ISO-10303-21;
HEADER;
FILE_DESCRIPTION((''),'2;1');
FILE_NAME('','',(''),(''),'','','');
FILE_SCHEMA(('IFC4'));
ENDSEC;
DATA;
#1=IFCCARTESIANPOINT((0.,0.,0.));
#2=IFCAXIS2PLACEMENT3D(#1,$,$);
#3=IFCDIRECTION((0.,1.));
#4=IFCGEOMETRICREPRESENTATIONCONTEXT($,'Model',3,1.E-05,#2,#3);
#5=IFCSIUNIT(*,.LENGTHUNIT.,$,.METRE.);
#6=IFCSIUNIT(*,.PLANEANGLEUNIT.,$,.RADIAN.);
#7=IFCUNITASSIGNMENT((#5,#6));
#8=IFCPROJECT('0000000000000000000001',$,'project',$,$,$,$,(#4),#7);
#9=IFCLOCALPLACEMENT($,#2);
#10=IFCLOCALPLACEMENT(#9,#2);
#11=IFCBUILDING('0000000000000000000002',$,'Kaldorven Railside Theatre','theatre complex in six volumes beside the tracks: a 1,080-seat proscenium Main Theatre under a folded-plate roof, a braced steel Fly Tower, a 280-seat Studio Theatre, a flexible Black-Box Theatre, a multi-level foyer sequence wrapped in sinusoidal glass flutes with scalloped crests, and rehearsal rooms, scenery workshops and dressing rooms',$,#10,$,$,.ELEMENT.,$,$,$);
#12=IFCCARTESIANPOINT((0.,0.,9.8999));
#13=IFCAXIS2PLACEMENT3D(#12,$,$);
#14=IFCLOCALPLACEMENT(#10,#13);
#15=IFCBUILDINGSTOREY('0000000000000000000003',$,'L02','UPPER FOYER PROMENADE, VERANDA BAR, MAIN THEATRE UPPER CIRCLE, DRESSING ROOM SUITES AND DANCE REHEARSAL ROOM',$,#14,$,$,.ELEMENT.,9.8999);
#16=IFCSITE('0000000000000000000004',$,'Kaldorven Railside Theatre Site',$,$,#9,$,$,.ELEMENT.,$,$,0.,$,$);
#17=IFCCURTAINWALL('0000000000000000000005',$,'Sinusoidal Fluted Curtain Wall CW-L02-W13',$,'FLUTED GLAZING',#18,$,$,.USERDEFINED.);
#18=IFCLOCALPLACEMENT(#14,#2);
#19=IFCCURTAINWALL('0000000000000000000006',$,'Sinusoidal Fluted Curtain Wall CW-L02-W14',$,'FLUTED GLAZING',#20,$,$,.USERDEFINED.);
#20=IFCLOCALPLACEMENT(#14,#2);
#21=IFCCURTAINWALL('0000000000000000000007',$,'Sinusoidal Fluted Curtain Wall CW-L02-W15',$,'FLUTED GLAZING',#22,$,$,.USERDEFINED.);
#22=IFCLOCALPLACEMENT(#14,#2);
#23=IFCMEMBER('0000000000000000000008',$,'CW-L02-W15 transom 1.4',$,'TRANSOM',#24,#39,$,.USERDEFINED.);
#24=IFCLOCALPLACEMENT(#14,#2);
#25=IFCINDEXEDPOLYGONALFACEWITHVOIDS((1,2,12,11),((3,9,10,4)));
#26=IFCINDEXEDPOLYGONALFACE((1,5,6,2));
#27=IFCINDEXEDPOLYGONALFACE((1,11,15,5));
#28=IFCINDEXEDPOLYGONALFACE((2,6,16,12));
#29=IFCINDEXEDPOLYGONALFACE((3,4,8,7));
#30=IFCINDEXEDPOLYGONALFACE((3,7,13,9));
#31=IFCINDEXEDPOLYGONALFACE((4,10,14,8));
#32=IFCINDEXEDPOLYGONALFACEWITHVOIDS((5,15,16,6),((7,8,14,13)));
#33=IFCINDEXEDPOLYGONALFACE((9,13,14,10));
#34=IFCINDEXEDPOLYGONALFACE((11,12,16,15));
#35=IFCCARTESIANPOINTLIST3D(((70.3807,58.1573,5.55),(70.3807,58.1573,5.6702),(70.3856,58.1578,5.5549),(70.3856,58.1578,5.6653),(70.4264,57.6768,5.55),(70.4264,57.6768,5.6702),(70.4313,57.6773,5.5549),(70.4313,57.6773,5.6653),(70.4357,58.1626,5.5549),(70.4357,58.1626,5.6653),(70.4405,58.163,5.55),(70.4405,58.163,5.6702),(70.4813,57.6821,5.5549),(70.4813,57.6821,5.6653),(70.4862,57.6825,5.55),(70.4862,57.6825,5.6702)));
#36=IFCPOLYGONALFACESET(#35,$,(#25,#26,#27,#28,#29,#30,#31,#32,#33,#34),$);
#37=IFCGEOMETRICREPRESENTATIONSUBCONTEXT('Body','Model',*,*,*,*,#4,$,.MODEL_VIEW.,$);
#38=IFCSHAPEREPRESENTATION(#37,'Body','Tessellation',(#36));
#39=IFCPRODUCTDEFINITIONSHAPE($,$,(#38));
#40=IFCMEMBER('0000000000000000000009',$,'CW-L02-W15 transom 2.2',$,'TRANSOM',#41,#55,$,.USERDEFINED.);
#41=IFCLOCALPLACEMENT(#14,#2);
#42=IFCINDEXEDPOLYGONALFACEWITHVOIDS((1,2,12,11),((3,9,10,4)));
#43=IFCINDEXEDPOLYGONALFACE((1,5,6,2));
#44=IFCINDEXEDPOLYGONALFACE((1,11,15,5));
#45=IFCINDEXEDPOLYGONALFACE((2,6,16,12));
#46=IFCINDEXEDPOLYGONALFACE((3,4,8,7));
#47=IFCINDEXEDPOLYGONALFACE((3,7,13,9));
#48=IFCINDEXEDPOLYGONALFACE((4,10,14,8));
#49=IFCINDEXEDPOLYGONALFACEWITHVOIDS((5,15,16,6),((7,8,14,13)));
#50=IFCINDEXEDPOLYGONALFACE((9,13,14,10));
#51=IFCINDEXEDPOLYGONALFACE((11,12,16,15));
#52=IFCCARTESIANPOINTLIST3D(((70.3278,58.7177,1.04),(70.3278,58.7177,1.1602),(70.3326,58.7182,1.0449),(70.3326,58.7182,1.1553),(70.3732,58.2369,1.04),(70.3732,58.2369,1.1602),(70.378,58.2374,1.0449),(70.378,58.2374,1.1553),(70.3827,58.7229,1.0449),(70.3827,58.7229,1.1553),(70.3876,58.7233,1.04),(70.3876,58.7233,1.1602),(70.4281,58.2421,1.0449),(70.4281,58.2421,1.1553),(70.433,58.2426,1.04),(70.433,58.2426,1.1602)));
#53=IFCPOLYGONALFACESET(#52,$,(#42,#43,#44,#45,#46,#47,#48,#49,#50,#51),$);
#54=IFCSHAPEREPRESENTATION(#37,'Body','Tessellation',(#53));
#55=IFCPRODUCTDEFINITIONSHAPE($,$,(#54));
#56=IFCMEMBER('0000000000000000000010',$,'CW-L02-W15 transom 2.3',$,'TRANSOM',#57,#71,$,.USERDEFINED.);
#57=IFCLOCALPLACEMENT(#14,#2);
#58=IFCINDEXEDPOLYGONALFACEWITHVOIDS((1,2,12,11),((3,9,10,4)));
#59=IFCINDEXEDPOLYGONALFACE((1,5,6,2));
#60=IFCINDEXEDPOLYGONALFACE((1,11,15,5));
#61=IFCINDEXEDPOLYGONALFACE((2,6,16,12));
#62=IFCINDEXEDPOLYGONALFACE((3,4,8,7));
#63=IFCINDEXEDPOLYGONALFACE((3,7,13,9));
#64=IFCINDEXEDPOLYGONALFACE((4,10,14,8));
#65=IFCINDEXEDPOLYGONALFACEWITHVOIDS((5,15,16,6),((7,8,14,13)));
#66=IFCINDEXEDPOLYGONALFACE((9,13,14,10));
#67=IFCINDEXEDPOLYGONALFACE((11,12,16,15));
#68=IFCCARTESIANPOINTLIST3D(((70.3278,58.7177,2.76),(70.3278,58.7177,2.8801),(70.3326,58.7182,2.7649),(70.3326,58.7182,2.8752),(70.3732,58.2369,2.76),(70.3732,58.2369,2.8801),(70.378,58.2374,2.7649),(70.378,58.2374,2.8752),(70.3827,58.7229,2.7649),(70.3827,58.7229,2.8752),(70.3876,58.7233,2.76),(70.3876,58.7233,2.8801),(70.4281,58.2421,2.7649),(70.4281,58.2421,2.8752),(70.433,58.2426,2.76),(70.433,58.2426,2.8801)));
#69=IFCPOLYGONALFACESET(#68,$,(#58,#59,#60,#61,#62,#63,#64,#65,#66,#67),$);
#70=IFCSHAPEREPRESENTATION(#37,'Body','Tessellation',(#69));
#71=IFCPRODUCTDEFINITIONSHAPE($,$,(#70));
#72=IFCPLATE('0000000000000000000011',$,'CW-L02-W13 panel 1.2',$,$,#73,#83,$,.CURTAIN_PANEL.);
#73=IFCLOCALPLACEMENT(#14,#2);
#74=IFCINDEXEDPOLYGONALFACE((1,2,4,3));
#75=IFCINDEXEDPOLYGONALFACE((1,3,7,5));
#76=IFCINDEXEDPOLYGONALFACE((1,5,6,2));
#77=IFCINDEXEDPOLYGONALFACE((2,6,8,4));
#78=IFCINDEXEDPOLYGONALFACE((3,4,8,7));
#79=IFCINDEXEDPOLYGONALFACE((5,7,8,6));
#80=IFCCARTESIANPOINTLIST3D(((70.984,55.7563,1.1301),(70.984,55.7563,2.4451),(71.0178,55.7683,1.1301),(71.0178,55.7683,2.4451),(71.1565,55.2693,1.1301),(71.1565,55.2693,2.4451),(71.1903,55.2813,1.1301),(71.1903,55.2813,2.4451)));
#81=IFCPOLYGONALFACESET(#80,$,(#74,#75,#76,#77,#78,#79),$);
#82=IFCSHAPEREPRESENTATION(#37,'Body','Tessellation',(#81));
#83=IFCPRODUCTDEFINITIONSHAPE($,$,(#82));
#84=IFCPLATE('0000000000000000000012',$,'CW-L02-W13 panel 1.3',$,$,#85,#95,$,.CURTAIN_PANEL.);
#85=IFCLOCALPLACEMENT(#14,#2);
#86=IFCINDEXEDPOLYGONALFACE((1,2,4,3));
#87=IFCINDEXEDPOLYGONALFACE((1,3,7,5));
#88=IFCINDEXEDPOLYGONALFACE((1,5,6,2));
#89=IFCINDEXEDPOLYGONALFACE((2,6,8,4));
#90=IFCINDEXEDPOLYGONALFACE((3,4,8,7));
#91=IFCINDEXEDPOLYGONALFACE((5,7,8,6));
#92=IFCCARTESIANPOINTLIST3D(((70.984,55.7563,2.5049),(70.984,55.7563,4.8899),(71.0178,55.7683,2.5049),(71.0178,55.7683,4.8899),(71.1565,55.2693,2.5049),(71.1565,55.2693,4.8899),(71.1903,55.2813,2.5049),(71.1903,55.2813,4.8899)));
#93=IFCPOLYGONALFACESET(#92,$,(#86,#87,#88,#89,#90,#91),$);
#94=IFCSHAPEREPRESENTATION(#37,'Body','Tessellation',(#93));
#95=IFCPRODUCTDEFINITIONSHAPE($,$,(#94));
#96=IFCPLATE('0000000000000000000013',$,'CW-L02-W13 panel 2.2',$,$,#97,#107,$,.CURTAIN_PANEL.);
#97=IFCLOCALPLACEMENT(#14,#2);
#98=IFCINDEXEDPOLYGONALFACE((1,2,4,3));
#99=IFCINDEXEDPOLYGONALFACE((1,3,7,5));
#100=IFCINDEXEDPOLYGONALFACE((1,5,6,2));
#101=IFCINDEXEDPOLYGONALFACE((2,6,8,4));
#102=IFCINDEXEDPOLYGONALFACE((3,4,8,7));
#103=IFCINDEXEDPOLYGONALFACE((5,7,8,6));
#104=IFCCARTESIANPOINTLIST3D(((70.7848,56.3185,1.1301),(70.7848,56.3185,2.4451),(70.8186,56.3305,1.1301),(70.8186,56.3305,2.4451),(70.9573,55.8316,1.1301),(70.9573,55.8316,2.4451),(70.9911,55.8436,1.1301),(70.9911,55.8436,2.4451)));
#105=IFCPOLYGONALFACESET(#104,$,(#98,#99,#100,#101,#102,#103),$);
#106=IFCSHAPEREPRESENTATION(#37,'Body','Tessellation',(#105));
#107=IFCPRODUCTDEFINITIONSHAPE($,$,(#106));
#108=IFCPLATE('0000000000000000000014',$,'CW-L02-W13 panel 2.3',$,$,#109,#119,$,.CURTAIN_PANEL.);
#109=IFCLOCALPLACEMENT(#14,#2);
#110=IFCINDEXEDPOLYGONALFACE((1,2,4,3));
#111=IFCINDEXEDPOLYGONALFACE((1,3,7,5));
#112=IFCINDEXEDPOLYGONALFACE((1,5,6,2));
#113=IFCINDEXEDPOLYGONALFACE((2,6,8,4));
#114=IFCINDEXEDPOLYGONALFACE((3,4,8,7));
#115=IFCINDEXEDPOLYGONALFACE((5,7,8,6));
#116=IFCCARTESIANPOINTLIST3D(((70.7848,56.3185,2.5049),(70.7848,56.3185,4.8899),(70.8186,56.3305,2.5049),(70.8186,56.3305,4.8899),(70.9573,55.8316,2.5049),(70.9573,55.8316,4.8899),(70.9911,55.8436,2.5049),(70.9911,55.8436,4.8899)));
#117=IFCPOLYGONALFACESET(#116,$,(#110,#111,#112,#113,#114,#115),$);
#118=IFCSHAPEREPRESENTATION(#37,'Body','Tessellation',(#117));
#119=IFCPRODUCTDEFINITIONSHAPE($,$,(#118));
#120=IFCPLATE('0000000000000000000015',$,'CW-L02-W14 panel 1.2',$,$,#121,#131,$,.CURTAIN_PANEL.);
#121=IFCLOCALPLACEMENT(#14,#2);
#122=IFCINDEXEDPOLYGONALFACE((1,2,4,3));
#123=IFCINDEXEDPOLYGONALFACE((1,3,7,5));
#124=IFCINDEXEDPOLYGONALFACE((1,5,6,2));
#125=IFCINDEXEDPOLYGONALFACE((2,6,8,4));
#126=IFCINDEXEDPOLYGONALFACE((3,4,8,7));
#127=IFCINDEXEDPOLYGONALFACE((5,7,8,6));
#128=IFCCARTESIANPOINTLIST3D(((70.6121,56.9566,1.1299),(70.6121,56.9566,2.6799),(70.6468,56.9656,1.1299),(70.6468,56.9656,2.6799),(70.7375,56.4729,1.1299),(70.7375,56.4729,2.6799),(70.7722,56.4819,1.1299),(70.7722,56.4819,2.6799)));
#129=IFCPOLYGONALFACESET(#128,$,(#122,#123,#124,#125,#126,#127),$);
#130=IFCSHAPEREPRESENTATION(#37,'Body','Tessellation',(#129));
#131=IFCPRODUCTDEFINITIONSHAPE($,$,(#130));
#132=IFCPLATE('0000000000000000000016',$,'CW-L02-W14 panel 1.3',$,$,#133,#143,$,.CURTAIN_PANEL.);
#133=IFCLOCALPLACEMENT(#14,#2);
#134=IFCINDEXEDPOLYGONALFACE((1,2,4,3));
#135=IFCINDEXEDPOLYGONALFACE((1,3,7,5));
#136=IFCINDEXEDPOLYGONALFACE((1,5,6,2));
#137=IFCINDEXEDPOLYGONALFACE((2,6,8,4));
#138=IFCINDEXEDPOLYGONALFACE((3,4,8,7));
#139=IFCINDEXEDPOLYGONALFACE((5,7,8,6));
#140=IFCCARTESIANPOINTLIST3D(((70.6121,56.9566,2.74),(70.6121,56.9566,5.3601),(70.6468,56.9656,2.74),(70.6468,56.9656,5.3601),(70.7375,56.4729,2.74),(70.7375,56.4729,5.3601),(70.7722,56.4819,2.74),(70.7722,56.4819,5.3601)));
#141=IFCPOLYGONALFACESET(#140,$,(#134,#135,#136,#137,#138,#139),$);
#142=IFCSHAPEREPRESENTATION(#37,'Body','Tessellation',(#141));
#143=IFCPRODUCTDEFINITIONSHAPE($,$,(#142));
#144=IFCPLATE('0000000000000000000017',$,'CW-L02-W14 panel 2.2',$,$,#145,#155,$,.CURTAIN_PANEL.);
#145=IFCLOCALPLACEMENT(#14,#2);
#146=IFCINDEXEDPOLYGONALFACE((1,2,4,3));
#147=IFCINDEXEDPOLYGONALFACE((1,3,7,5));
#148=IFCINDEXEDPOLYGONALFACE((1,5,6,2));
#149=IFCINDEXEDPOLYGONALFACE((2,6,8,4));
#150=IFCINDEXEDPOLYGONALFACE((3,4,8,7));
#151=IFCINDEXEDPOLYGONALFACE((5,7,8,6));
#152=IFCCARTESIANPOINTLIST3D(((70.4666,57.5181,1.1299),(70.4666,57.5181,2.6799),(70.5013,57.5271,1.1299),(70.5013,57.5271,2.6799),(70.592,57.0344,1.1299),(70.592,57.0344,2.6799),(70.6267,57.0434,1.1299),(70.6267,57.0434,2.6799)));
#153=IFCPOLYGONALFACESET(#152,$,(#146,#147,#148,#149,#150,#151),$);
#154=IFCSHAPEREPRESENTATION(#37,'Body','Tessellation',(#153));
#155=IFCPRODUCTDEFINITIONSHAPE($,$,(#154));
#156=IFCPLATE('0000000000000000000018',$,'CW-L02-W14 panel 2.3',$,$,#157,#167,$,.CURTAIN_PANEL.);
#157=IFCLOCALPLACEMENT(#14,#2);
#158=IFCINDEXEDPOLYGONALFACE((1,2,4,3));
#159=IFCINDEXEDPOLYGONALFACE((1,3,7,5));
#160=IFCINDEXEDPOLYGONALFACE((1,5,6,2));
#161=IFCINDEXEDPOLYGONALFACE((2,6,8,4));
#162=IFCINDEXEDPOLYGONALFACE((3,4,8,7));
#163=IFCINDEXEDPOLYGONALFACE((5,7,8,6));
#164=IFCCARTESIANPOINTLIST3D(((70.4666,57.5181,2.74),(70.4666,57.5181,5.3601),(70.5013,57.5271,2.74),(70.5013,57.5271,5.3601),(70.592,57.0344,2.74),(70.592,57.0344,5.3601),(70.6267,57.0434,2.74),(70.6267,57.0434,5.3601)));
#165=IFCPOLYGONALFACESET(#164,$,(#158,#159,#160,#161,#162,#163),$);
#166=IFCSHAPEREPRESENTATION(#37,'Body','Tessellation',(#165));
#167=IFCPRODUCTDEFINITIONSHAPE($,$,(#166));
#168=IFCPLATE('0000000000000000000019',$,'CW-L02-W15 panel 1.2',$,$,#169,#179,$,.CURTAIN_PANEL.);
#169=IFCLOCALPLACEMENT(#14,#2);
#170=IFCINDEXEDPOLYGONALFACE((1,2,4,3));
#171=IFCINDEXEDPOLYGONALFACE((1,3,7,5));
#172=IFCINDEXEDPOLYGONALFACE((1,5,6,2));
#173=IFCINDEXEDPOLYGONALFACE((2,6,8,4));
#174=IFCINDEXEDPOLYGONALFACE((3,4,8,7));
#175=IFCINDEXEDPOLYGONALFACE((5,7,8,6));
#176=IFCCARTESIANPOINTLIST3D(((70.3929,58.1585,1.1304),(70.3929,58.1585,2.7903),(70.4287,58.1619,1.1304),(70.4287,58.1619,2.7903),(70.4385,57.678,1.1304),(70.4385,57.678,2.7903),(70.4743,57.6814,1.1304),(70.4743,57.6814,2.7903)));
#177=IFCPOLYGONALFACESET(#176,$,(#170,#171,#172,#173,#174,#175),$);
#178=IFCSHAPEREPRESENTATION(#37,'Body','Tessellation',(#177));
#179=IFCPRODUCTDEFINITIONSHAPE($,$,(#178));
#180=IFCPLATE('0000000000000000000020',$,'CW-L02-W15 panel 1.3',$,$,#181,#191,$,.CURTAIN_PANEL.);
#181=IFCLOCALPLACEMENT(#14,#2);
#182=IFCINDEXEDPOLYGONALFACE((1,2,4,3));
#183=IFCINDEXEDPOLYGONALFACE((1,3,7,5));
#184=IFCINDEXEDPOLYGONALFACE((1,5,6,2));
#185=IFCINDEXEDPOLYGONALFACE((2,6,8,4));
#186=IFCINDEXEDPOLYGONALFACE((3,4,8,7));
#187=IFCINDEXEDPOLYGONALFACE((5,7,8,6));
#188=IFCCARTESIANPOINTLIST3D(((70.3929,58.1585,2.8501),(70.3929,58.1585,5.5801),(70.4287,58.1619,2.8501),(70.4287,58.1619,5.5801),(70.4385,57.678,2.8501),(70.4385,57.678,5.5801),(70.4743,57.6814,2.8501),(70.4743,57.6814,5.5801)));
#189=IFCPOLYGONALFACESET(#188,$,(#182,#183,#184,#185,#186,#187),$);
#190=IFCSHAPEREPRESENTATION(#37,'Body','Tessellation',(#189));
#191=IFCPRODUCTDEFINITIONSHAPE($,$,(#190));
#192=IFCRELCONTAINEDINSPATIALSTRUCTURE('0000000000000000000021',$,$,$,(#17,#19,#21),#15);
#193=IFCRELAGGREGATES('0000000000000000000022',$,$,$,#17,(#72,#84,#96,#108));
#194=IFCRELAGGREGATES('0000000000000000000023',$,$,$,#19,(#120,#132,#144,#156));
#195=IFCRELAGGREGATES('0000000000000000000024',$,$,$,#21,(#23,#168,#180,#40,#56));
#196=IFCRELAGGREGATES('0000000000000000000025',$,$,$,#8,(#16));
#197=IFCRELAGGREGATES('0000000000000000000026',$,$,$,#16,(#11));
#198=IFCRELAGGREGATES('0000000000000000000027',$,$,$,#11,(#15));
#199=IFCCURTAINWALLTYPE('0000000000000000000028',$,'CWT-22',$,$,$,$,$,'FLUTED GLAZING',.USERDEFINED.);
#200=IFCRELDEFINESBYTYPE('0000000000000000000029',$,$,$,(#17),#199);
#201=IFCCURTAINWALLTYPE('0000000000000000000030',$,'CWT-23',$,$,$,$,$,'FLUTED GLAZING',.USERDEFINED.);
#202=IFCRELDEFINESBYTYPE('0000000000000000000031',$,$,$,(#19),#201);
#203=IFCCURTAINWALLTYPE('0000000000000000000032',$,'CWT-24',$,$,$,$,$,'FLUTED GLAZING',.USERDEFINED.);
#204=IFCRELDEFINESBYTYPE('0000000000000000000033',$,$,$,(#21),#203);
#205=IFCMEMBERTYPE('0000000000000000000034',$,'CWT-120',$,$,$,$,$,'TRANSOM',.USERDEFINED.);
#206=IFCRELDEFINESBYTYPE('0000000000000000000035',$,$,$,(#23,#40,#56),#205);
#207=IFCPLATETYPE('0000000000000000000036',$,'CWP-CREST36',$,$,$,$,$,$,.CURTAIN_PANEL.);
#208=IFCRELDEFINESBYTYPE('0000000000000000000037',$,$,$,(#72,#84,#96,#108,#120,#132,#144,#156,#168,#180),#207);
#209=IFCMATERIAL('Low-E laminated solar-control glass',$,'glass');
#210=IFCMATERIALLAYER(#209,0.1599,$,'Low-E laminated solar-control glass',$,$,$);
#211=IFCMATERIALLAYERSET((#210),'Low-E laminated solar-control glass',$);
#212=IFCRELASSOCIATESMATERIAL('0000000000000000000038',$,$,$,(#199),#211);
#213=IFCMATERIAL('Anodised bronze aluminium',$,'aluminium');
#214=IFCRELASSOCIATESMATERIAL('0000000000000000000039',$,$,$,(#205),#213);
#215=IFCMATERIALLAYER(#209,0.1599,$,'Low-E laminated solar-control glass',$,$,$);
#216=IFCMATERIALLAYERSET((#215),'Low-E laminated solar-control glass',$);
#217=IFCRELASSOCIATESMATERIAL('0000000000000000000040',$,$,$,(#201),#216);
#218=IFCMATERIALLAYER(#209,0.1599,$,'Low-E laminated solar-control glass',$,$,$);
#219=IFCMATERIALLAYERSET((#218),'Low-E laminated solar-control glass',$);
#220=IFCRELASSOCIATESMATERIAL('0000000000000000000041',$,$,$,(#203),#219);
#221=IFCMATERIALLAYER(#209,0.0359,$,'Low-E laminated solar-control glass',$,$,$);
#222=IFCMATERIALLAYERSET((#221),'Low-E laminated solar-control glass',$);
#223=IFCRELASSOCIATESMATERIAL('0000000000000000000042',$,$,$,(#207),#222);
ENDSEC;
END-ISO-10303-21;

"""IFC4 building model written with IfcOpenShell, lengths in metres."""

from ifc_helpers import new_model, si_unit, direction, frame, origin, origin_2d, place, context, subcontext, project, spatial, rectangle, hollow_rectangle, extrude, material, layer, layer_set, material_profile, profile_set, type_object, element, aggregate, save


model = new_model("IFC4")

# Units and contexts
model_context = context("Model", 3, precision=1e-05, world=origin(), true_north=direction((0.0, 1.0)))
body_context = subcontext(model_context, "Body", "Model", "MODEL_VIEW")
ifc_project = project(units=[si_unit("LENGTHUNIT", "METRE"), si_unit("PLANEANGLEUNIT", "RADIAN")], contexts=[model_context])

# Site, building, storey
site_placement = place(None, origin())
site = spatial("IfcSite", under=ifc_project, at=site_placement, Name="Kaldorven Railside Theatre Site", CompositionType="ELEMENT", RefElevation=0.0)
building_placement = place(site_placement, origin())
building = spatial("IfcBuilding", under=site, at=building_placement, Name="Kaldorven Railside Theatre", Description="theatre complex in six volumes beside the tracks: a 1,080-seat proscenium Main Theatre under a folded-plate roof, a braced steel Fly Tower, a 280-seat Studio Theatre, a flexible Black-Box Theatre, a multi-level foyer sequence wrapped in sinusoidal glass flutes with scalloped crests, and rehearsal rooms, scenery workshops and dressing rooms", CompositionType="ELEMENT")
storey_placement = place(building_placement, frame((0.0, 0.0, 9.8999)))
storey = spatial("IfcBuildingStorey", under=building, at=storey_placement, Name="L02", Description="UPPER FOYER PROMENADE, VERANDA BAR, MAIN THEATRE UPPER CIRCLE, DRESSING ROOM SUITES AND DANCE REHEARSAL ROOM", CompositionType="ELEMENT", Elevation=9.8999)

# Curtain walls, members
ifc_material_1 = material(Name="Low-E laminated solar-control glass", Category="glass")
ifc_layer_1 = layer(ifc_material_1, 0.1599, Name="Low-E laminated solar-control glass")
ifc_layer_set_1 = layer_set([ifc_layer_1], Name="Low-E laminated solar-control glass")
curtain_wall_type_1 = type_object("IfcCurtainWallType", Name="CWT-22", ElementType="FLUTED GLAZING", PredefinedType="USERDEFINED", material=ifc_layer_set_1)
curtain_wall_1_placement = place(storey_placement, origin())
curtain_wall_1 = element("IfcCurtainWall", 1, at=curtain_wall_1_placement, inside=storey, type_object=curtain_wall_type_1, Name="Sinusoidal Fluted Curtain Wall CW-L02-W13", ObjectType="FLUTED GLAZING", PredefinedType="USERDEFINED")
ifc_material_2 = material(Name="Anodised bronze aluminium", Category="aluminium")
ifc_material_profile = material_profile(ifc_material_2, hollow_rectangle(XDim=0.0601, YDim=0.1201, WallThickness=0.0049, at=origin_2d()), Name="RHS 120x60x5")
ifc_profile_set = profile_set([ifc_material_profile], Name="Anodised bronze aluminium")
member_type = type_object("IfcMemberType", Name="CWT-120", ElementType="TRANSOM", PredefinedType="USERDEFINED", material=ifc_profile_set)
ifc_layer_2 = layer(ifc_material_1, 0.1599, Name="Low-E laminated solar-control glass")
ifc_layer_set_2 = layer_set([ifc_layer_2], Name="Low-E laminated solar-control glass")
curtain_wall_type_2 = type_object("IfcCurtainWallType", Name="CWT-23", ElementType="FLUTED GLAZING", PredefinedType="USERDEFINED", material=ifc_layer_set_2)
curtain_wall_2_placement = place(storey_placement, origin())
curtain_wall_2 = element("IfcCurtainWall", 2, at=curtain_wall_2_placement, inside=storey, type_object=curtain_wall_type_2, Name="Sinusoidal Fluted Curtain Wall CW-L02-W14", ObjectType="FLUTED GLAZING", PredefinedType="USERDEFINED")
ifc_layer_3 = layer(ifc_material_1, 0.1599, Name="Low-E laminated solar-control glass")
ifc_layer_set_3 = layer_set([ifc_layer_3], Name="Low-E laminated solar-control glass")
curtain_wall_type_3 = type_object("IfcCurtainWallType", Name="CWT-24", ElementType="FLUTED GLAZING", PredefinedType="USERDEFINED", material=ifc_layer_set_3)
curtain_wall_3_placement = place(storey_placement, origin())
curtain_wall_3 = element("IfcCurtainWall", 3, at=curtain_wall_3_placement, inside=storey, type_object=curtain_wall_type_3, Name="Sinusoidal Fluted Curtain Wall CW-L02-W15", ObjectType="FLUTED GLAZING", PredefinedType="USERDEFINED")
member_1_placement = place(storey_placement, frame((70.4563, 57.6797, 5.6101), z_axis=(-0.094594, 0.995516, 0.0), x_axis=(-0.995516, -0.094594, 0.0)))
member_1 = element("IfcMember", 4, at=member_1_placement, type_object=member_type, Name="CW-L02-W15 transom 1.4", ObjectType="TRANSOM", PredefinedType="USERDEFINED", context=body_context, shape_type="SweptSolid", body=[
    extrude(hollow_rectangle(XDim=0.0601, YDim=0.1201, WallThickness=0.0049, at=origin_2d()), origin(), (0.0, 0.0, 1.0), 0.4827),
])
member_2_placement = place(storey_placement, frame((70.4031, 58.2397, 1.1001), z_axis=(-0.094046, 0.995568, 0.0), x_axis=(-0.995568, -0.094046, 0.0)))
member_2 = element("IfcMember", 5, at=member_2_placement, type_object=member_type, Name="CW-L02-W15 transom 2.2", ObjectType="TRANSOM", PredefinedType="USERDEFINED", context=body_context, shape_type="SweptSolid", body=[
    extrude(hollow_rectangle(XDim=0.0601, YDim=0.1201, WallThickness=0.0049, at=origin_2d()), origin(), (0.0, 0.0, 1.0), 0.4829),
])
member_3_placement = place(storey_placement, frame((70.4031, 58.2397, 2.8201), z_axis=(-0.094046, 0.995568, 0.0), x_axis=(-0.995568, -0.094046, 0.0)))
member_3 = element("IfcMember", 6, at=member_3_placement, type_object=member_type, Name="CW-L02-W15 transom 2.3", ObjectType="TRANSOM", PredefinedType="USERDEFINED", context=body_context, shape_type="SweptSolid", body=[
    extrude(hollow_rectangle(XDim=0.0601, YDim=0.1201, WallThickness=0.0049, at=origin_2d()), origin(), (0.0, 0.0, 1.0), 0.4829),
])

# Plates
ifc_layer_4 = layer(ifc_material_1, 0.0359, Name="Low-E laminated solar-control glass")
ifc_layer_set_4 = layer_set([ifc_layer_4], Name="Low-E laminated solar-control glass")
plate_type = type_object("IfcPlateType", Name="CWP-CREST36", PredefinedType="CURTAIN_PANEL", material=ifc_layer_set_4)
plate_1_placement = place(storey_placement, frame((71.0872, 55.5188, 1.1301), z_axis=(0.0, 0.0, 1.0), x_axis=(-0.333847, 0.942627, 0.0)))
plate_1 = element("IfcPlate", 7, at=plate_1_placement, type_object=plate_type, Name="CW-L02-W13 panel 1.2", PredefinedType="CURTAIN_PANEL", context=body_context, shape_type="SweptSolid", body=[
    extrude(rectangle(XDim=0.5166, YDim=0.0359, at=origin_2d()), origin(), (0.0, 0.0, 1.0), 1.3149),
])
plate_2_placement = place(storey_placement, frame((71.0872, 55.5188, 2.5049), z_axis=(0.0, 0.0, 1.0), x_axis=(-0.333847, 0.942627, 0.0)))
plate_2 = element("IfcPlate", 8, at=plate_2_placement, type_object=plate_type, Name="CW-L02-W13 panel 1.3", PredefinedType="CURTAIN_PANEL", context=body_context, shape_type="SweptSolid", body=[
    extrude(rectangle(XDim=0.5166, YDim=0.0359, at=origin_2d()), origin(), (0.0, 0.0, 1.0), 2.385),
])
plate_3_placement = place(storey_placement, frame((70.8879, 56.0811, 1.1301), z_axis=(0.0, 0.0, 1.0), x_axis=(-0.333847, 0.942627, 0.0)))
plate_3 = element("IfcPlate", 9, at=plate_3_placement, type_object=plate_type, Name="CW-L02-W13 panel 2.2", PredefinedType="CURTAIN_PANEL", context=body_context, shape_type="SweptSolid", body=[
    extrude(rectangle(XDim=0.5166, YDim=0.0359, at=origin_2d()), origin(), (0.0, 0.0, 1.0), 1.3149),
])
plate_4_placement = place(storey_placement, frame((70.8879, 56.0811, 2.5049), z_axis=(0.0, 0.0, 1.0), x_axis=(-0.333847, 0.942627, 0.0)))
plate_4 = element("IfcPlate", 10, at=plate_4_placement, type_object=plate_type, Name="CW-L02-W13 panel 2.3", PredefinedType="CURTAIN_PANEL", context=body_context, shape_type="SweptSolid", body=[
    extrude(rectangle(XDim=0.5166, YDim=0.0359, at=origin_2d()), origin(), (0.0, 0.0, 1.0), 2.385),
])
aggregate(curtain_wall_1, [plate_1, plate_2, plate_3, plate_4])
plate_5_placement = place(storey_placement, frame((70.6921, 56.7192, 1.1299), z_axis=(0.0, 0.0, 1.0), x_axis=(-0.250954, 0.967999, 0.0)))
plate_5 = element("IfcPlate", 11, at=plate_5_placement, type_object=plate_type, Name="CW-L02-W14 panel 1.2", PredefinedType="CURTAIN_PANEL", context=body_context, shape_type="SweptSolid", body=[
    extrude(rectangle(XDim=0.4998, YDim=0.0359, at=origin_2d()), origin(), (0.0, 0.0, 1.0), 1.55),
])
plate_6_placement = place(storey_placement, frame((70.6921, 56.7192, 2.74), z_axis=(0.0, 0.0, 1.0), x_axis=(-0.250954, 0.967999, 0.0)))
plate_6 = element("IfcPlate", 12, at=plate_6_placement, type_object=plate_type, Name="CW-L02-W14 panel 1.3", PredefinedType="CURTAIN_PANEL", context=body_context, shape_type="SweptSolid", body=[
    extrude(rectangle(XDim=0.4998, YDim=0.0359, at=origin_2d()), origin(), (0.0, 0.0, 1.0), 2.6201),
])
plate_7_placement = place(storey_placement, frame((70.5466, 57.2808, 1.1299), z_axis=(0.0, 0.0, 1.0), x_axis=(-0.250954, 0.967999, 0.0)))
plate_7 = element("IfcPlate", 13, at=plate_7_placement, type_object=plate_type, Name="CW-L02-W14 panel 2.2", PredefinedType="CURTAIN_PANEL", context=body_context, shape_type="SweptSolid", body=[
    extrude(rectangle(XDim=0.4998, YDim=0.0359, at=origin_2d()), origin(), (0.0, 0.0, 1.0), 1.55),
])
plate_8_placement = place(storey_placement, frame((70.5466, 57.2808, 2.74), z_axis=(0.0, 0.0, 1.0), x_axis=(-0.250954, 0.967999, 0.0)))
plate_8 = element("IfcPlate", 14, at=plate_8_placement, type_object=plate_type, Name="CW-L02-W14 panel 2.3", PredefinedType="CURTAIN_PANEL", context=body_context, shape_type="SweptSolid", body=[
    extrude(rectangle(XDim=0.4998, YDim=0.0359, at=origin_2d()), origin(), (0.0, 0.0, 1.0), 2.6201),
])
aggregate(curtain_wall_2, [plate_5, plate_6, plate_7, plate_8])
plate_9_placement = place(storey_placement, frame((70.4336, 57.9199, 1.1304), z_axis=(0.0, 0.0, 1.0), x_axis=(-0.094492, 0.995526, 0.0)))
plate_9 = element("IfcPlate", 15, at=plate_9_placement, type_object=plate_type, Name="CW-L02-W15 panel 1.2", PredefinedType="CURTAIN_PANEL", context=body_context, shape_type="SweptSolid", body=[
    extrude(rectangle(XDim=0.4827, YDim=0.0359, at=origin_2d()), origin(), (0.0, 0.0, 1.0), 1.6599),
])
plate_10_placement = place(storey_placement, frame((70.4336, 57.9199, 2.8501), z_axis=(0.0, 0.0, 1.0), x_axis=(-0.094492, 0.995526, 0.0)))
plate_10 = element("IfcPlate", 16, at=plate_10_placement, type_object=plate_type, Name="CW-L02-W15 panel 1.3", PredefinedType="CURTAIN_PANEL", context=body_context, shape_type="SweptSolid", body=[
    extrude(rectangle(XDim=0.4827, YDim=0.0359, at=origin_2d()), origin(), (0.0, 0.0, 1.0), 2.73),
])
aggregate(curtain_wall_3, [member_1, plate_9, plate_10, member_2, member_3])

save(model, "model.ifc")
